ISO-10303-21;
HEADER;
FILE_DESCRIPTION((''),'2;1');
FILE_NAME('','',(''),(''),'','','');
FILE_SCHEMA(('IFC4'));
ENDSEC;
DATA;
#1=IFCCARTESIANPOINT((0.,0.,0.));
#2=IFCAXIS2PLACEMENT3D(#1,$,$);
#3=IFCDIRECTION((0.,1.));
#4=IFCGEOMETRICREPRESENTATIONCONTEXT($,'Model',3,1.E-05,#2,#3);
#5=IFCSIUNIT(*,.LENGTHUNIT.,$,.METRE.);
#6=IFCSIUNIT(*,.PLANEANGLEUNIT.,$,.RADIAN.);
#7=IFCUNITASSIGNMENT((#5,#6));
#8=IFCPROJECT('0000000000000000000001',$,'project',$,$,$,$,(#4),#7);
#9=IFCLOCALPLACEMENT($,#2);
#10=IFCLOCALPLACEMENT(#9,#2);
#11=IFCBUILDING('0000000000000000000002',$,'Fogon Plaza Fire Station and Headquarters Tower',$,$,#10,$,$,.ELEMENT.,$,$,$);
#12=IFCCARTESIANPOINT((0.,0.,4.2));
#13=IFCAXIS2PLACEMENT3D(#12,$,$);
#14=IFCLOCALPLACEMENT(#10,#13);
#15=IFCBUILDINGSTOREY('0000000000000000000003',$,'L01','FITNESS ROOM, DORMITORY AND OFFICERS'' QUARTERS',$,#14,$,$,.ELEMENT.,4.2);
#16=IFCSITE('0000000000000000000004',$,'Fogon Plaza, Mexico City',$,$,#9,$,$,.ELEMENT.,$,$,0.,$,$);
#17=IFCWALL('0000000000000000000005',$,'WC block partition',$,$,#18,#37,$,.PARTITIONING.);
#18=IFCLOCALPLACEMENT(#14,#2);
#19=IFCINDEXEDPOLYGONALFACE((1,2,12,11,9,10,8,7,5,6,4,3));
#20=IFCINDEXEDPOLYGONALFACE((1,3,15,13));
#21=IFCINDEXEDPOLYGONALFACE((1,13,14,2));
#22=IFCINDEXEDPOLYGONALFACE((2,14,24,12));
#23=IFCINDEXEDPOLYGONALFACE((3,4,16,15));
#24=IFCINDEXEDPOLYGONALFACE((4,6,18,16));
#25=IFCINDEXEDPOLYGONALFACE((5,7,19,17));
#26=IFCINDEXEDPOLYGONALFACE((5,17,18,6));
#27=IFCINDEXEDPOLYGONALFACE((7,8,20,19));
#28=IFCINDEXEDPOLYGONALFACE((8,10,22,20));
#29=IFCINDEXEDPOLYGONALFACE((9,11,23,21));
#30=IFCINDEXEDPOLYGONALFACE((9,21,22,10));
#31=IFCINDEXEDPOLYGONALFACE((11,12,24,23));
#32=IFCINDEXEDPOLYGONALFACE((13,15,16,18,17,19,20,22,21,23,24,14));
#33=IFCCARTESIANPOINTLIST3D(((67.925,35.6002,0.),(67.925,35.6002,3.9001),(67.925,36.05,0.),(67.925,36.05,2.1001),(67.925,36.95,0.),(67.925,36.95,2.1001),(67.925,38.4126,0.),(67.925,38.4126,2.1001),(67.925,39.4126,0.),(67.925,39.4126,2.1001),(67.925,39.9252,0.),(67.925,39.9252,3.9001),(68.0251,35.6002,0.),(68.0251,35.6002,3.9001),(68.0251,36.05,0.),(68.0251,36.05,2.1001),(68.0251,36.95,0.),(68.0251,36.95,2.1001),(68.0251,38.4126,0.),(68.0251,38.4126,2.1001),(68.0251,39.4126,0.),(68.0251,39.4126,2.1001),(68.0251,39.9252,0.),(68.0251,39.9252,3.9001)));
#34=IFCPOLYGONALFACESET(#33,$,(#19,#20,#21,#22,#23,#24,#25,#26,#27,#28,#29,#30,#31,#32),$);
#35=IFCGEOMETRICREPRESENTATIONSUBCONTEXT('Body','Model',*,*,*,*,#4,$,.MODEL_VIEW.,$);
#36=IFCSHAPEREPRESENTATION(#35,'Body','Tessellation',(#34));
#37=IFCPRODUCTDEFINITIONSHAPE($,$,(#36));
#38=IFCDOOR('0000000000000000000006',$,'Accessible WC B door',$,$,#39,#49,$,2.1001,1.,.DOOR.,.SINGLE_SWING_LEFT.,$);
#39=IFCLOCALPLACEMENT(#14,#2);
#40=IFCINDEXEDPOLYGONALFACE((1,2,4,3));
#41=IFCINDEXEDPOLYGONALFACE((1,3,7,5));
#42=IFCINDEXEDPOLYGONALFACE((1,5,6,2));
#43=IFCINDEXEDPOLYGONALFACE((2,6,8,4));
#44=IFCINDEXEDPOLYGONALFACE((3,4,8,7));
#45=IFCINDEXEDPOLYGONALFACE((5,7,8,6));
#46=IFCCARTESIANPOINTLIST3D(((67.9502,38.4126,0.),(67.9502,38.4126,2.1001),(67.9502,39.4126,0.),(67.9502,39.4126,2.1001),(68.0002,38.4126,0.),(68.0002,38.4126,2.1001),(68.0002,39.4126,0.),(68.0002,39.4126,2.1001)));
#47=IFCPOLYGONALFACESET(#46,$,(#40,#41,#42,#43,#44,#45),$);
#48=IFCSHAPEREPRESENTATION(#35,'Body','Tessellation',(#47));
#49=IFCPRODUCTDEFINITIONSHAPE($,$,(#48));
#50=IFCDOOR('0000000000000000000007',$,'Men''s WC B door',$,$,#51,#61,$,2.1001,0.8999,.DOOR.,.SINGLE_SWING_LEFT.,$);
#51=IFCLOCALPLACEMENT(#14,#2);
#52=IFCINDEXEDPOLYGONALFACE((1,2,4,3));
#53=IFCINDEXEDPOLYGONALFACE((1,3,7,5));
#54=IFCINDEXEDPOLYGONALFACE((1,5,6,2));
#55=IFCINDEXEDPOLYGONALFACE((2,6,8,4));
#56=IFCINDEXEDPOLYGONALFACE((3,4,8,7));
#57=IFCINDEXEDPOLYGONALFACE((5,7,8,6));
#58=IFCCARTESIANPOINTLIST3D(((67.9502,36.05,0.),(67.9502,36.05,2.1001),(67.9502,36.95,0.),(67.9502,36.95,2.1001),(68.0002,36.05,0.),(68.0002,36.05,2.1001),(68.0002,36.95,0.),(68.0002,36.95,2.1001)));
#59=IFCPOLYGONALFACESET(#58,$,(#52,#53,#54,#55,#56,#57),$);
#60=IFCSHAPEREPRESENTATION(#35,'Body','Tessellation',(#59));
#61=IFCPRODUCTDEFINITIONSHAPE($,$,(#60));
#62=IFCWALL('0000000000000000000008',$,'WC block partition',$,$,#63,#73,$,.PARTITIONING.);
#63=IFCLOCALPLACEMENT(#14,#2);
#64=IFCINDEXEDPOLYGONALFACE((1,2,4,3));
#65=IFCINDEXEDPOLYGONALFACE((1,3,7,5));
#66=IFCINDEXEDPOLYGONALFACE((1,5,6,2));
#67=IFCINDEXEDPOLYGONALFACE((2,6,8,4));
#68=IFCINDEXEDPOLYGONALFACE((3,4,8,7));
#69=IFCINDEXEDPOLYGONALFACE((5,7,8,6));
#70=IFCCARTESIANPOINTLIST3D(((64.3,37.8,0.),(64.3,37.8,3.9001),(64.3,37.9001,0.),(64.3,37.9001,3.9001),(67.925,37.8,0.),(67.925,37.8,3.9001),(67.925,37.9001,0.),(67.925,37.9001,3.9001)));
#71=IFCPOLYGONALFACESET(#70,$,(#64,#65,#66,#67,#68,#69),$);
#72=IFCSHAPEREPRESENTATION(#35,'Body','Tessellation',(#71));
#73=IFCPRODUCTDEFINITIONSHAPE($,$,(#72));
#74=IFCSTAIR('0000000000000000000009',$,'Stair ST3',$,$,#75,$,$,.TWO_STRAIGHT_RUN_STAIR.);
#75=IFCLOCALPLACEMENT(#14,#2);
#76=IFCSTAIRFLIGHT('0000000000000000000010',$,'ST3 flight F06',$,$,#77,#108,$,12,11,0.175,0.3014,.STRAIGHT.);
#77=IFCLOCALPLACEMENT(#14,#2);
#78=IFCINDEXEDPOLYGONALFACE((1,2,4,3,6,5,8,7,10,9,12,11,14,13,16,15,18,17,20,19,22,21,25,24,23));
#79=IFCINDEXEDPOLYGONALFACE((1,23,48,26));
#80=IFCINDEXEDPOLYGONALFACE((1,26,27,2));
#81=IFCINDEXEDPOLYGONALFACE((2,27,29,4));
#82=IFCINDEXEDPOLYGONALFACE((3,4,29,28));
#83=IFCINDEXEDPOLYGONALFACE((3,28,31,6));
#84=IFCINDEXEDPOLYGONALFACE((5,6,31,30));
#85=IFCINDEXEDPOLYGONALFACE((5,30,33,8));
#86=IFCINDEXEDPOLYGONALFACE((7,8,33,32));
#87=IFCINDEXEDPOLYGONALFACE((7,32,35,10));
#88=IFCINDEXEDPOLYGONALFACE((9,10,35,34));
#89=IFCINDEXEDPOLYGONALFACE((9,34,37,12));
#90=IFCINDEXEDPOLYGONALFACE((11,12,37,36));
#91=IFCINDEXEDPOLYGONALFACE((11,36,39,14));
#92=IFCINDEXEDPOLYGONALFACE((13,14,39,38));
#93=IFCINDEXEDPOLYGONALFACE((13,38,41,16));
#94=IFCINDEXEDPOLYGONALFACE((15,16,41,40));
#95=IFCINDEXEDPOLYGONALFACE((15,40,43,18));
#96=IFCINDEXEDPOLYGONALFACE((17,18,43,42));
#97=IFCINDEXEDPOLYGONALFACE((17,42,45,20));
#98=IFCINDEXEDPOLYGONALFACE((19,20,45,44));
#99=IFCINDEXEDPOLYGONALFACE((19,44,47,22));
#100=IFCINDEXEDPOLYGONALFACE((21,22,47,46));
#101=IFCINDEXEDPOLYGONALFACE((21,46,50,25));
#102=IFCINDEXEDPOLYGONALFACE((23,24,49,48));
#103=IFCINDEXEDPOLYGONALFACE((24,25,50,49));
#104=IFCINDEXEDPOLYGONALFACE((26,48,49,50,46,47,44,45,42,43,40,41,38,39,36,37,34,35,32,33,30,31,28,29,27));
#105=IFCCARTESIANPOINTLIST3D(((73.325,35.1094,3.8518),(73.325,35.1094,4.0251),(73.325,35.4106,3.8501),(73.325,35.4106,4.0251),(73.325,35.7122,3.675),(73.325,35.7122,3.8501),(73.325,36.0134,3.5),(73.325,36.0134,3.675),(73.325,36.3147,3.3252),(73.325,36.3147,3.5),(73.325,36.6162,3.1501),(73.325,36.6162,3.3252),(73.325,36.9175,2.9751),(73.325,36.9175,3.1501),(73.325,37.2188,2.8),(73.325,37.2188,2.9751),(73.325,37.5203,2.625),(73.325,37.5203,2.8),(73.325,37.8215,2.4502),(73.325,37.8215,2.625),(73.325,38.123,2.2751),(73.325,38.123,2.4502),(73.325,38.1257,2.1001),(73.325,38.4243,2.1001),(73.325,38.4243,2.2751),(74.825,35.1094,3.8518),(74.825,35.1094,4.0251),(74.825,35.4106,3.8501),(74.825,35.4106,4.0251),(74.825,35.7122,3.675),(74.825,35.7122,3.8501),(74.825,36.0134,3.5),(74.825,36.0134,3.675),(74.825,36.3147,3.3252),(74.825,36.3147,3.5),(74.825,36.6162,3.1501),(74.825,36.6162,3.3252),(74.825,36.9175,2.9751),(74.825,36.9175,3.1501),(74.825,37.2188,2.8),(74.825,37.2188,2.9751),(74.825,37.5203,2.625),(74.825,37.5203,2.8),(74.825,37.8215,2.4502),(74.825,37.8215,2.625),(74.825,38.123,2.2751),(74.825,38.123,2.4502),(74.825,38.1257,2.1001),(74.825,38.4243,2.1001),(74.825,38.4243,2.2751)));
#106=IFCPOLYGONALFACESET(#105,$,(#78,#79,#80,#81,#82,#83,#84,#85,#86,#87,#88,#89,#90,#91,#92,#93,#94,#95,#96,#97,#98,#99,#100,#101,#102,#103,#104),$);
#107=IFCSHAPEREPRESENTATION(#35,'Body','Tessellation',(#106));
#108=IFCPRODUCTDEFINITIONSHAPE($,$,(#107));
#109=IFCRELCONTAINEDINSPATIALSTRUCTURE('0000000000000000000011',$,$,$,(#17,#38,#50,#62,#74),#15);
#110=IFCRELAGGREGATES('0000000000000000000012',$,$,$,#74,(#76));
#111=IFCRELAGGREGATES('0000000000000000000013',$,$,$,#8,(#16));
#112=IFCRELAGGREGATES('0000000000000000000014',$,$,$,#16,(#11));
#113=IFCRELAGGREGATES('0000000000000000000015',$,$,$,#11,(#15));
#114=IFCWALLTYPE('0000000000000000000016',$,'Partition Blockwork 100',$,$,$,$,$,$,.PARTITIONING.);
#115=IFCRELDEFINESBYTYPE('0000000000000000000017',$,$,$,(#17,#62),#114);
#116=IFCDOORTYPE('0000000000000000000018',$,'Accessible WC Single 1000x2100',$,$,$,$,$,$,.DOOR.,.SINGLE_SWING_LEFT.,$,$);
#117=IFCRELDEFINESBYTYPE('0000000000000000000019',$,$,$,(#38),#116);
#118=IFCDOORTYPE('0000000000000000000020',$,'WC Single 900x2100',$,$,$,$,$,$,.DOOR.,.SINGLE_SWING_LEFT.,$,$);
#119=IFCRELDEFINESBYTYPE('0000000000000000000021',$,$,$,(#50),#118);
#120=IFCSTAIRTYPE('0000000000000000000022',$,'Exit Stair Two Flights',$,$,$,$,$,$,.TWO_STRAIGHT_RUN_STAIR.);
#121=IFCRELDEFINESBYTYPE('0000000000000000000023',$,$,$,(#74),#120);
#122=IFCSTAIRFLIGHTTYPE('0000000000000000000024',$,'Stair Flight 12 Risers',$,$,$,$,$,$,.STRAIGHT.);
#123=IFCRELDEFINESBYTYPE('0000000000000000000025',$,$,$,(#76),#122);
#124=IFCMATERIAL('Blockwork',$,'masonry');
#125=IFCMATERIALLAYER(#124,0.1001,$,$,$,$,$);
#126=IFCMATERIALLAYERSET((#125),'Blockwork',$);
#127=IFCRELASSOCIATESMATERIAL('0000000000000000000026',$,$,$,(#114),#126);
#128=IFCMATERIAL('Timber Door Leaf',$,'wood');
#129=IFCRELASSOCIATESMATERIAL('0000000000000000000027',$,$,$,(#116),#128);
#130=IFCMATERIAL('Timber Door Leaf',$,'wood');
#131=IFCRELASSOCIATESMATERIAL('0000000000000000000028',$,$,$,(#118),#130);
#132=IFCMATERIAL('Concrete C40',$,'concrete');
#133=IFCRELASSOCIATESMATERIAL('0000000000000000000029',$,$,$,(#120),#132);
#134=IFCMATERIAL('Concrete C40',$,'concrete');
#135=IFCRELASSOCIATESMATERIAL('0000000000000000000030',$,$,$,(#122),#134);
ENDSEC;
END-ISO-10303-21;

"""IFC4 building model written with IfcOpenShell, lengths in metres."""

from ifc_helpers import new_model, si_unit, direction, frame, frame_2d, origin, place, context, subcontext, project, spatial, polyline, rectangle, outline, extrude, material, layer, layer_set, type_object, element, fill, aggregate, save


model = new_model("IFC4")

# Units and contexts
model_context = context("Model", 3, precision=1e-05, world=origin(), true_north=direction((0.0, 1.0)))
body_context = subcontext(model_context, "Body", "Model", "MODEL_VIEW")
ifc_project = project(units=[si_unit("LENGTHUNIT", "METRE"), si_unit("PLANEANGLEUNIT", "RADIAN")], contexts=[model_context])

# Site, building, storey
site_placement = place(None, origin())
site = spatial("IfcSite", under=ifc_project, at=site_placement, Name="Fogon Plaza, Mexico City", CompositionType="ELEMENT", RefElevation=0.0)
building_placement = place(site_placement, origin())
building = spatial("IfcBuilding", under=site, at=building_placement, Name="Fogon Plaza Fire Station and Headquarters Tower", CompositionType="ELEMENT")
storey_placement = place(building_placement, frame((0.0, 0.0, 4.2)))
storey = spatial("IfcBuildingStorey", under=building, at=storey_placement, Name="L01", Description="FITNESS ROOM, DORMITORY AND OFFICERS' QUARTERS", CompositionType="ELEMENT", Elevation=4.2)

# Shared definitions
ifc_material_1 = material(Name="Blockwork", Category="masonry")
ifc_layer_1 = layer(ifc_material_1, 0.1001)
ifc_layer_set_1 = layer_set([ifc_layer_1], Name="Blockwork")
wall_type_1 = type_object("IfcWallType", Name="Partition Blockwork 100", PredefinedType="PARTITIONING", material=ifc_layer_set_1)

# Wall, openings, doors
wall_1_placement = place(storey_placement, frame((67.9751, 35.6001, 0.0), z_axis=(0.0, 0.0, 1.0), x_axis=(0.0, 1.0, 0.0)))
wall_1 = element("IfcWall", 1, at=wall_1_placement, inside=storey, type_object=wall_type_1, Name="WC block partition", PredefinedType="PARTITIONING", context=body_context, shape_type="SweptSolid", body=[
    extrude(rectangle(XDim=4.325, YDim=0.1001, at=frame_2d((2.1626, 0.0))), origin(), (0.0, 0.0, 1.0), 3.9001),
])
opening_1_placement = place(wall_1_placement, frame((0.45, 0.0, 0.0)))
opening_1 = element("IfcOpeningElement", 2, at=opening_1_placement, cuts=wall_1, PredefinedType="OPENING", context=body_context, shape_type="SweptSolid", body=[
    extrude(rectangle(XDim=0.8999, YDim=2.1001, at=frame_2d((0.45, 1.05))), frame((0.0, 0.0601, 0.0), z_axis=(0.0, -1.0, 0.0), x_axis=(1.0, 0.0, 0.0)), (0.0, 0.0, 1.0), 0.1201),
])
opening_2_placement = place(wall_1_placement, frame((2.8125, 0.0, 0.0)))
opening_2 = element("IfcOpeningElement", 3, at=opening_2_placement, cuts=wall_1, PredefinedType="OPENING", context=body_context, shape_type="SweptSolid", body=[
    extrude(rectangle(XDim=1.0, YDim=2.1001, at=frame_2d((0.5, 1.05))), frame((0.0, 0.0601, 0.0), z_axis=(0.0, -1.0, 0.0), x_axis=(1.0, 0.0, 0.0)), (0.0, 0.0, 1.0), 0.1201),
])
ifc_material_2 = material(Name="Timber Door Leaf", Category="wood")
door_type_1 = type_object("IfcDoorType", Name="Accessible WC Single 1000x2100", OperationType="SINGLE_SWING_LEFT", PredefinedType="DOOR", material=ifc_material_2)
door_1_placement = place(opening_2_placement, origin())
door_1 = element("IfcDoor", 4, at=door_1_placement, inside=storey, type_object=door_type_1, Name="Accessible WC B door", OperationType="SINGLE_SWING_LEFT", OverallHeight=2.1001, OverallWidth=1.0, PredefinedType="DOOR", context=body_context, shape_type="SweptSolid", body=[
    extrude(rectangle(XDim=1.0, YDim=2.1001, at=frame_2d((0.5, 1.05))), frame((0.0, 0.0249, 0.0), z_axis=(0.0, -1.0, 0.0), x_axis=(1.0, 0.0, 0.0)), (0.0, 0.0, 1.0), 0.05),
])
fill(opening_2, door_1)
ifc_material_3 = material(Name="Timber Door Leaf", Category="wood")
door_type_2 = type_object("IfcDoorType", Name="WC Single 900x2100", OperationType="SINGLE_SWING_LEFT", PredefinedType="DOOR", material=ifc_material_3)
door_2_placement = place(opening_1_placement, origin())
door_2 = element("IfcDoor", 5, at=door_2_placement, inside=storey, type_object=door_type_2, Name="Men's WC B door", OperationType="SINGLE_SWING_LEFT", OverallHeight=2.1001, OverallWidth=0.8999, PredefinedType="DOOR", context=body_context, shape_type="SweptSolid", body=[
    extrude(rectangle(XDim=0.8999, YDim=2.1001, at=frame_2d((0.45, 1.05))), frame((0.0, 0.0249, 0.0), z_axis=(0.0, -1.0, 0.0), x_axis=(1.0, 0.0, 0.0)), (0.0, 0.0, 1.0), 0.05),
])
fill(opening_1, door_2)

# Wall
wall_2_placement = place(storey_placement, frame((67.925, 37.8501, 0.0), z_axis=(0.0, 0.0, 1.0), x_axis=(-1.0, 0.0, 0.0)))
element("IfcWall", 6, at=wall_2_placement, inside=storey, type_object=wall_type_1, Name="WC block partition", PredefinedType="PARTITIONING", context=body_context, shape_type="SweptSolid", body=[
    extrude(rectangle(XDim=3.625, YDim=0.1001, at=frame_2d((1.8125, 0.0))), origin(), (0.0, 0.0, 1.0), 3.9001),
])

# Stair, stair flight
ifc_material_4 = material(Name="Concrete C40", Category="concrete")
stair_type = type_object("IfcStairType", Name="Exit Stair Two Flights", PredefinedType="TWO_STRAIGHT_RUN_STAIR", material=ifc_material_4)
stair_placement = place(storey_placement, origin())
stair = element("IfcStair", 7, at=stair_placement, inside=storey, type_object=stair_type, Name="Stair ST3", PredefinedType="TWO_STRAIGHT_RUN_STAIR")
ifc_material_5 = material(Name="Concrete C40", Category="concrete")
stair_flight_type = type_object("IfcStairFlightType", Name="Stair Flight 12 Risers", PredefinedType="STRAIGHT", material=ifc_material_5)
stair_flight_placement = place(storey_placement, frame((74.075, 38.4243, 2.1001), z_axis=(0.0, 0.0, 1.0), x_axis=(0.0, -1.0, 0.0)))
stair_flight = element("IfcStairFlight", 8, at=stair_flight_placement, type_object=stair_flight_type, Name="ST3 flight F06", NumberOfRisers=12, NumberOfTreads=11, PredefinedType="STRAIGHT", RiserHeight=0.175, TreadLength=0.3014, context=body_context, shape_type="SweptSolid", body=[
    extrude(outline(polyline([(0.0, 0.0), (0.0, 0.175), (0.3013, 0.175), (0.3013, 0.3501), (0.6028, 0.3501), (0.6028, 0.5249), (0.9041, 0.5249), (0.9041, 0.7), (1.2056, 0.7), (1.2056, 0.875), (1.5068, 0.875), (1.5068, 1.05), (1.8081, 1.05), (1.8081, 1.2251), (2.1096, 1.2251), (2.1096, 1.3999), (2.4109, 1.3999), (2.4109, 1.575), (2.7122, 1.575), (2.7122, 1.75), (3.0137, 1.75), (3.0137, 1.925), (3.3149, 1.925), (3.3149, 2.1001), (3.3149, 1.7517), (0.2986, 0.0), (0.0, 0.0)])), frame((0.0, 0.75, 0.0), z_axis=(0.0, -1.0, 0.0), x_axis=(1.0, 0.0, 0.0)), (0.0, 0.0, 1.0), 1.5),
])
aggregate(stair, [stair_flight])

save(model, "model.ifc")
